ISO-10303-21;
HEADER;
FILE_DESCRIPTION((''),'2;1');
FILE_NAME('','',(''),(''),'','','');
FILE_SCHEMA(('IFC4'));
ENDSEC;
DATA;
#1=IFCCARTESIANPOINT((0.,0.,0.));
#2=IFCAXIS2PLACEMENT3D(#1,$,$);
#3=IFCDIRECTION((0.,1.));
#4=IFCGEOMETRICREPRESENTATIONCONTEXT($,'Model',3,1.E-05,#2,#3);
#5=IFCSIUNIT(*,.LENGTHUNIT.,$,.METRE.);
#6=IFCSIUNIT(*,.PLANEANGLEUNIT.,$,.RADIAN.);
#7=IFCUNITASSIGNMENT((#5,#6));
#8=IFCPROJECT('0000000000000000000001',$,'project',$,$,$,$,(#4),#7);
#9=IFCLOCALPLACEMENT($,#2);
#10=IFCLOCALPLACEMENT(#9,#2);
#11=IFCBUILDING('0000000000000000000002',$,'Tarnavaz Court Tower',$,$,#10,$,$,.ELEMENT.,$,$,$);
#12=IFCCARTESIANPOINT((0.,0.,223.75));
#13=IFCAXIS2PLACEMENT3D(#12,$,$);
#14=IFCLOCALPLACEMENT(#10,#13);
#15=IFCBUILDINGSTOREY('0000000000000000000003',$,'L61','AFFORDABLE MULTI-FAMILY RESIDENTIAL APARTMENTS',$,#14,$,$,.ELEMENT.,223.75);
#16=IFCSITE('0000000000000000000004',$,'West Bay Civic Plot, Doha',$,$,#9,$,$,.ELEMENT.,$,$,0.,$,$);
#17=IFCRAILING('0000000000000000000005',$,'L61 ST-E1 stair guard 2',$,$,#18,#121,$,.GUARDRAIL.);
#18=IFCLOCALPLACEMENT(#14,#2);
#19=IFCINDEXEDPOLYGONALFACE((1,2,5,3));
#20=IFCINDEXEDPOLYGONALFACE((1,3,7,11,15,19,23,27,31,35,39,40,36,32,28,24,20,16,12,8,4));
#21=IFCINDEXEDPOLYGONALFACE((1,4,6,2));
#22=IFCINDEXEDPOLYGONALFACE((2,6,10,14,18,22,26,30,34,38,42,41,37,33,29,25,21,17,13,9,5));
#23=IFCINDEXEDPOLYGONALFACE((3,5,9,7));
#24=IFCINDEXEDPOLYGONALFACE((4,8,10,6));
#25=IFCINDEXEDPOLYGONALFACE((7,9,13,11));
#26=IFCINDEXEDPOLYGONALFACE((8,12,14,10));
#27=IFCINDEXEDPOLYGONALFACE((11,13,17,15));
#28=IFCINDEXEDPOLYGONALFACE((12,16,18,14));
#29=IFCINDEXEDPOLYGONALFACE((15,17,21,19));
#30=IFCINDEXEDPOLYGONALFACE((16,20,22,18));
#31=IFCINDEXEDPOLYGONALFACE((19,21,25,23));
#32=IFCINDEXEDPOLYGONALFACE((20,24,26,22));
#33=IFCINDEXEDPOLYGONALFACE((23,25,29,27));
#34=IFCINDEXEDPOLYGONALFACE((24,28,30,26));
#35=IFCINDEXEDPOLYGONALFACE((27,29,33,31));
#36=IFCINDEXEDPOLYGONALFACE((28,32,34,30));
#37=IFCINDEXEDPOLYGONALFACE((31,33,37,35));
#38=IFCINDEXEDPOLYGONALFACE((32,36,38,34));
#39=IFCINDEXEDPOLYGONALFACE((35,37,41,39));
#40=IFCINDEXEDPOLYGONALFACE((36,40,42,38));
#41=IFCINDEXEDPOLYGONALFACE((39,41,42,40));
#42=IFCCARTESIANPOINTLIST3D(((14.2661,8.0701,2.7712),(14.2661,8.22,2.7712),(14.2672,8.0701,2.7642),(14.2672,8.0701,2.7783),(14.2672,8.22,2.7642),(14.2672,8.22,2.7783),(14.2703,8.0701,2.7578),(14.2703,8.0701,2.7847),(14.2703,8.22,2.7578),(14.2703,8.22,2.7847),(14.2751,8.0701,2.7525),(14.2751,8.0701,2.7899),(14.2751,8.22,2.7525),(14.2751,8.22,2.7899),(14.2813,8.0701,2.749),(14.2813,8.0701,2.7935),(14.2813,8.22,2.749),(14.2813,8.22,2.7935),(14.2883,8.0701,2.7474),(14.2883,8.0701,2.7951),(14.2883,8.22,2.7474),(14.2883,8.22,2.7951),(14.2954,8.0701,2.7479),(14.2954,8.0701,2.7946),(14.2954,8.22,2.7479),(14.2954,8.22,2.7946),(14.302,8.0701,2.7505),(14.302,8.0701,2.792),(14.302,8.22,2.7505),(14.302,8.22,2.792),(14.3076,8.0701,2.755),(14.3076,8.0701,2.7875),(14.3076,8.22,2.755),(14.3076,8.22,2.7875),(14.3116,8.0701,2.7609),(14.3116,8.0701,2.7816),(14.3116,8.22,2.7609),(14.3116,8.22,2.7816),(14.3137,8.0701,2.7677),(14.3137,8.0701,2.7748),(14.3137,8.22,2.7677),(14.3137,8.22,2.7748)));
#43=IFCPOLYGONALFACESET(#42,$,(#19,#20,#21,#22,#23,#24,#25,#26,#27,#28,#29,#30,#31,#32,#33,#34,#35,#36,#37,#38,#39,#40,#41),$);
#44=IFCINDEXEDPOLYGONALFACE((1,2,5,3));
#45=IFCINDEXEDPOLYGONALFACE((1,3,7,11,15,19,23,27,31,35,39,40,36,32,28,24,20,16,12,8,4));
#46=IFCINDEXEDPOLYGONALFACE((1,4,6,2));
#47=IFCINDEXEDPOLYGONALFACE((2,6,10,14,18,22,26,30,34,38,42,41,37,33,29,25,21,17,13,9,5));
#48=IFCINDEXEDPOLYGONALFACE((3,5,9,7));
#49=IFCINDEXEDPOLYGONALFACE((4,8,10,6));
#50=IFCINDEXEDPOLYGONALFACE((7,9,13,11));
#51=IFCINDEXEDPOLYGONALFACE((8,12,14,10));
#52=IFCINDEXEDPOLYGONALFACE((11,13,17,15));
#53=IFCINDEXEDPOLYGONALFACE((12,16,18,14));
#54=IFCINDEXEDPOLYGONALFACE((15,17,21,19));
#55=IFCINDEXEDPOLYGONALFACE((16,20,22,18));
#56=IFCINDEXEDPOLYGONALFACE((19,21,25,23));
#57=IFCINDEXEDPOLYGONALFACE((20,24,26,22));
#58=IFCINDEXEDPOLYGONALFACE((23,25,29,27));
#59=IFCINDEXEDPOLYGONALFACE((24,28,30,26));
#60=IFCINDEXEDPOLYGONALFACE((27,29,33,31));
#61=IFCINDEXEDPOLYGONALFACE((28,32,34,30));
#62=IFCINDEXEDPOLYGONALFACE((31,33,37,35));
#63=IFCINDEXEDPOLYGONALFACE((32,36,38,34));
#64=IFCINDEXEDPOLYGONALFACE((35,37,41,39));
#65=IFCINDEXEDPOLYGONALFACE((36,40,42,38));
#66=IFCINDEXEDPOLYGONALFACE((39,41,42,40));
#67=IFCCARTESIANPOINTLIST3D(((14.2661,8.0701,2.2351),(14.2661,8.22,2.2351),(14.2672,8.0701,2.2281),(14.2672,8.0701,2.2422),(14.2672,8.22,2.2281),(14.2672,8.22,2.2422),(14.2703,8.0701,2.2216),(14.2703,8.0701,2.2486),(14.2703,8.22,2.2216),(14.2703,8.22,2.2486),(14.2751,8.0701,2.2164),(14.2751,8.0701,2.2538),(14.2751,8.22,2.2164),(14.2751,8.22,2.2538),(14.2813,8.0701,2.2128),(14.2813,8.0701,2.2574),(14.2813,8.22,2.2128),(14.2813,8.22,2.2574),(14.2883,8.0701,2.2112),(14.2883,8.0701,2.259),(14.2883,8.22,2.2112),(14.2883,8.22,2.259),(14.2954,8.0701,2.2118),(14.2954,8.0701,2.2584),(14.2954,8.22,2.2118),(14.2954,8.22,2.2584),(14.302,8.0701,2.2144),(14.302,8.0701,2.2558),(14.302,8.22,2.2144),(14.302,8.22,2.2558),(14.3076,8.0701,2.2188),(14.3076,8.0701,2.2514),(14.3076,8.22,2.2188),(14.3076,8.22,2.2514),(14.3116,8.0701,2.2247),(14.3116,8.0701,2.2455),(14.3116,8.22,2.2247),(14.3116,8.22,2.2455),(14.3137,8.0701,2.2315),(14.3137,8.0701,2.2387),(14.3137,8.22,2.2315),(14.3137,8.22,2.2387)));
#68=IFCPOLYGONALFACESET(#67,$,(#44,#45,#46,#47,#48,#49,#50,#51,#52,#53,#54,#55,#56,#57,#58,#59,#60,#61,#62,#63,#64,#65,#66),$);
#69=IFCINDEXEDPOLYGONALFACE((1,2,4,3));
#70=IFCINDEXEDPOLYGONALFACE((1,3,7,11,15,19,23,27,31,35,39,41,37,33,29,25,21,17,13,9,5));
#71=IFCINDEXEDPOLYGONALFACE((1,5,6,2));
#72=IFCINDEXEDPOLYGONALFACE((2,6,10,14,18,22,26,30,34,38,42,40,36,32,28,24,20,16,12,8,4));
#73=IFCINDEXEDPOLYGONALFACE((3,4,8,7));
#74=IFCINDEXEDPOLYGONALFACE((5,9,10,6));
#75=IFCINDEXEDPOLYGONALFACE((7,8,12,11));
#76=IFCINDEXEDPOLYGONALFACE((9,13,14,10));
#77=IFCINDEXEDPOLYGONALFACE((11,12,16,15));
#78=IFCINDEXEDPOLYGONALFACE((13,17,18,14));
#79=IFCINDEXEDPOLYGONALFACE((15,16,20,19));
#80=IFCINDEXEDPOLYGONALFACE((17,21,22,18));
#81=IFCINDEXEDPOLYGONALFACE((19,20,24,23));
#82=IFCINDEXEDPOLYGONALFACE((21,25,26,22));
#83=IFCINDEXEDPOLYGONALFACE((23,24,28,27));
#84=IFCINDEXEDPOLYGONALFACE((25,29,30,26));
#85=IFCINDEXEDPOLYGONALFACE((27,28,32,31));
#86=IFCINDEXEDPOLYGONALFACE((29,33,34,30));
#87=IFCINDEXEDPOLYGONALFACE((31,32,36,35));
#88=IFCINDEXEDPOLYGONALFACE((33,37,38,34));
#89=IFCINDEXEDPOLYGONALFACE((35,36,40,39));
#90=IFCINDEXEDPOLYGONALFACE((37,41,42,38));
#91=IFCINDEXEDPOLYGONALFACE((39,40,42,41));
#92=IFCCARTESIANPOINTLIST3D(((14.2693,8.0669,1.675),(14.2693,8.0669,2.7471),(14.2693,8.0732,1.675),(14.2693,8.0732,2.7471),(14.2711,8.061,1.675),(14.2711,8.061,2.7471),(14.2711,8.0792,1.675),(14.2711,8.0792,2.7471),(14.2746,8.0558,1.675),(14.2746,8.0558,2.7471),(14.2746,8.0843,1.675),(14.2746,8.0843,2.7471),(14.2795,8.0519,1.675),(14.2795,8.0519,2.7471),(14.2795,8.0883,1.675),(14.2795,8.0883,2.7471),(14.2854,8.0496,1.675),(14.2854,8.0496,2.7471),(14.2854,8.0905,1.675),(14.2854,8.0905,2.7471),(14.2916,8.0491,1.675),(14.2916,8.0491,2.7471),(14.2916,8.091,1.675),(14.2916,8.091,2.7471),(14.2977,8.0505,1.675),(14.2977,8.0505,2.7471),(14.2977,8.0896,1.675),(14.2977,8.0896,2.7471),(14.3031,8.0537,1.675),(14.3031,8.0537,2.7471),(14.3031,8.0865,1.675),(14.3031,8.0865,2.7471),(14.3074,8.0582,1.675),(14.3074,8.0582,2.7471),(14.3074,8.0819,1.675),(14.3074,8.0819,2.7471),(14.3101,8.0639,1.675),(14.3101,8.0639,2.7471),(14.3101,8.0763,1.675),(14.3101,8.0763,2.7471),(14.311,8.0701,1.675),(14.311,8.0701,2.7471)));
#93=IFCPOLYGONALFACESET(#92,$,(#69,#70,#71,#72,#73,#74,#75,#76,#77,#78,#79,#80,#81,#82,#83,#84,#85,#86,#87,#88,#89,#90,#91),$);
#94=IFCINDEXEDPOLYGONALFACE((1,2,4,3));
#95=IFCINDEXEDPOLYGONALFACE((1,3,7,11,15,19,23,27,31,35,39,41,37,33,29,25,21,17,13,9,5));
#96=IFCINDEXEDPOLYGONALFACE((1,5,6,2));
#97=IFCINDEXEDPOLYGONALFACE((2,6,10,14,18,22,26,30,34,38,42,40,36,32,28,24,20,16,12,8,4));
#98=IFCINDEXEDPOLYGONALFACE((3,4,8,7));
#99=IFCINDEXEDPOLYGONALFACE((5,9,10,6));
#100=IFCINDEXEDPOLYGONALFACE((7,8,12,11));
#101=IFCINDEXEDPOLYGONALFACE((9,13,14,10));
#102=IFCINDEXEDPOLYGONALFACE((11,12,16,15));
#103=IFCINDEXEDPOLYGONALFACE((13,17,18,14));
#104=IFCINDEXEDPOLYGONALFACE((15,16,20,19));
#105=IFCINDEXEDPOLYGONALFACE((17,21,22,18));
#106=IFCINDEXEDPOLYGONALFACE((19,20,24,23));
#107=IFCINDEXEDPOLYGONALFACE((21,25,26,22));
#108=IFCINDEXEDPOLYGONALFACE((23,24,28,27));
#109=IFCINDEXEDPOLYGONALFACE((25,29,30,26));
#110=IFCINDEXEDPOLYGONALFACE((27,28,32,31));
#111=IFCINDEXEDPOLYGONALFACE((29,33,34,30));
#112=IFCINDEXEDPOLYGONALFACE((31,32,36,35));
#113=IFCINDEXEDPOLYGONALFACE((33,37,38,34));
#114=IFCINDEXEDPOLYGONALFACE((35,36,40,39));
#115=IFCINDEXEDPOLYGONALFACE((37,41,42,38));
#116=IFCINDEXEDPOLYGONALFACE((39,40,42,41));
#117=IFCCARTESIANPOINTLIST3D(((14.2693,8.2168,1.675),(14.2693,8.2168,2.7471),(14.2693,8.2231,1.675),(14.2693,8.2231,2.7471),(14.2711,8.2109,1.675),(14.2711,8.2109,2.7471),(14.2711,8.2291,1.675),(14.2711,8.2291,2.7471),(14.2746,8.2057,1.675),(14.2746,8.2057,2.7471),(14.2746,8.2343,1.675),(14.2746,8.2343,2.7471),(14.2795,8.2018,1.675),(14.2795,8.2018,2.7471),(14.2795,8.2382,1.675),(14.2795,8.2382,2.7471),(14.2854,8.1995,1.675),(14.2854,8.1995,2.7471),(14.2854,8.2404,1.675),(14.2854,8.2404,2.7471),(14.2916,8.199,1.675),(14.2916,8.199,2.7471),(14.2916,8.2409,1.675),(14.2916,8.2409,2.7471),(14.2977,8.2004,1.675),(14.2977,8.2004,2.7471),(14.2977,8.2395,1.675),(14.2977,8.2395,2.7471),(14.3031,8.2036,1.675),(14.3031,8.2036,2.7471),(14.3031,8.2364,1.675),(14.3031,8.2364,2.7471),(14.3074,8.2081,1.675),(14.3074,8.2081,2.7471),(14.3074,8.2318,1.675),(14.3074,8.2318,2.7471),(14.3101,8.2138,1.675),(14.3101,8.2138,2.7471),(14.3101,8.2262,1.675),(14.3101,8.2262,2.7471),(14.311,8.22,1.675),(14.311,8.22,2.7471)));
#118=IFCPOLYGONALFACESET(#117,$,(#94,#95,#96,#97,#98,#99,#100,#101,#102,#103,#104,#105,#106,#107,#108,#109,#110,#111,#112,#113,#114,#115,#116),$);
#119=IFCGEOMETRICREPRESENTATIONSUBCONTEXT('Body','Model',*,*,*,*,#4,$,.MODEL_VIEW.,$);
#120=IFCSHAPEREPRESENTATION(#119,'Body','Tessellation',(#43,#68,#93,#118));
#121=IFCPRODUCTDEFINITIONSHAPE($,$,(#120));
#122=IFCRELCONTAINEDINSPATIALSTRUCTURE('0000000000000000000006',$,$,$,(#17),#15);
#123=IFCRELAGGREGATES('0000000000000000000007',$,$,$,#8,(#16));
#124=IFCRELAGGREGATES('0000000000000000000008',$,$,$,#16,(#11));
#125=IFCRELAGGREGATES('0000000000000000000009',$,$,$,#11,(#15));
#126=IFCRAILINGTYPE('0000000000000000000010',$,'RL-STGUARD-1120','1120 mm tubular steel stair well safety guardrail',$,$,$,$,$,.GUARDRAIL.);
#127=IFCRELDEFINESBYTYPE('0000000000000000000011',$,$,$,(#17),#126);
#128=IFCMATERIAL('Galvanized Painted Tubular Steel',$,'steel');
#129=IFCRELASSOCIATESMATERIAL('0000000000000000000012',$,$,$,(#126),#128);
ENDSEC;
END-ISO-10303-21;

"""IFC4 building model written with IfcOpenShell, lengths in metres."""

from ifc_helpers import new_model, si_unit, direction, frame, origin, origin_2d, place, context, subcontext, project, spatial, circle, extrude, material, type_object, element, save


model = new_model("IFC4")

# Units and contexts
model_context = context("Model", 3, precision=1e-05, world=origin(), true_north=direction((0.0, 1.0)))
body_context = subcontext(model_context, "Body", "Model", "MODEL_VIEW")
ifc_project = project(units=[si_unit("LENGTHUNIT", "METRE"), si_unit("PLANEANGLEUNIT", "RADIAN")], contexts=[model_context])

# Site, building, storey
site_placement = place(None, origin())
site = spatial("IfcSite", under=ifc_project, at=site_placement, Name="West Bay Civic Plot, Doha", CompositionType="ELEMENT", RefElevation=0.0)
building_placement = place(site_placement, origin())
building = spatial("IfcBuilding", under=site, at=building_placement, Name="Tarnavaz Court Tower", CompositionType="ELEMENT")
storey_placement = place(building_placement, frame((0.0, 0.0, 223.75)))
storey = spatial("IfcBuildingStorey", under=building, at=storey_placement, Name="L61", Description="AFFORDABLE MULTI-FAMILY RESIDENTIAL APARTMENTS", CompositionType="ELEMENT", Elevation=223.75)

# Railing
ifc_material_1 = material(Name="Galvanized Painted Tubular Steel", Category="steel")
railing_type_1 = type_object("IfcRailingType", Name="RL-STGUARD-1120", Description="1120 mm tubular steel stair well safety guardrail", PredefinedType="GUARDRAIL", material=ifc_material_1)
railing_1_placement = place(storey_placement, frame((14.29, 8.0701, 1.675)))
element("IfcRailing", 1, at=railing_1_placement, inside=storey, type_object=railing_type_1, Name="L61 ST-E1 stair guard 2", PredefinedType="GUARDRAIL", context=body_context, shape_type="SweptSolid", body=[
    extrude(circle(Radius=0.0239, at=origin_2d()), frame((0.0, 0.0, 1.0962), z_axis=(0.0, 1.0, 0.0), x_axis=(-1.0, 0.0, 0.0)), (0.0, 0.0, 1.0), 0.1499),
    extrude(circle(Radius=0.0239, at=origin_2d()), frame((0.0, 0.0, 0.5601), z_axis=(0.0, 1.0, 0.0), x_axis=(-1.0, 0.0, 0.0)), (0.0, 0.0, 1.0), 0.1499),
    extrude(circle(Radius=0.021, at=origin_2d()), origin(), (0.0, 0.0, 1.0), 1.072),
    extrude(circle(Radius=0.021, at=origin_2d()), frame((0.0, 0.1499, 0.0)), (0.0, 0.0, 1.0), 1.072),
])

save(model, "model.ifc")
